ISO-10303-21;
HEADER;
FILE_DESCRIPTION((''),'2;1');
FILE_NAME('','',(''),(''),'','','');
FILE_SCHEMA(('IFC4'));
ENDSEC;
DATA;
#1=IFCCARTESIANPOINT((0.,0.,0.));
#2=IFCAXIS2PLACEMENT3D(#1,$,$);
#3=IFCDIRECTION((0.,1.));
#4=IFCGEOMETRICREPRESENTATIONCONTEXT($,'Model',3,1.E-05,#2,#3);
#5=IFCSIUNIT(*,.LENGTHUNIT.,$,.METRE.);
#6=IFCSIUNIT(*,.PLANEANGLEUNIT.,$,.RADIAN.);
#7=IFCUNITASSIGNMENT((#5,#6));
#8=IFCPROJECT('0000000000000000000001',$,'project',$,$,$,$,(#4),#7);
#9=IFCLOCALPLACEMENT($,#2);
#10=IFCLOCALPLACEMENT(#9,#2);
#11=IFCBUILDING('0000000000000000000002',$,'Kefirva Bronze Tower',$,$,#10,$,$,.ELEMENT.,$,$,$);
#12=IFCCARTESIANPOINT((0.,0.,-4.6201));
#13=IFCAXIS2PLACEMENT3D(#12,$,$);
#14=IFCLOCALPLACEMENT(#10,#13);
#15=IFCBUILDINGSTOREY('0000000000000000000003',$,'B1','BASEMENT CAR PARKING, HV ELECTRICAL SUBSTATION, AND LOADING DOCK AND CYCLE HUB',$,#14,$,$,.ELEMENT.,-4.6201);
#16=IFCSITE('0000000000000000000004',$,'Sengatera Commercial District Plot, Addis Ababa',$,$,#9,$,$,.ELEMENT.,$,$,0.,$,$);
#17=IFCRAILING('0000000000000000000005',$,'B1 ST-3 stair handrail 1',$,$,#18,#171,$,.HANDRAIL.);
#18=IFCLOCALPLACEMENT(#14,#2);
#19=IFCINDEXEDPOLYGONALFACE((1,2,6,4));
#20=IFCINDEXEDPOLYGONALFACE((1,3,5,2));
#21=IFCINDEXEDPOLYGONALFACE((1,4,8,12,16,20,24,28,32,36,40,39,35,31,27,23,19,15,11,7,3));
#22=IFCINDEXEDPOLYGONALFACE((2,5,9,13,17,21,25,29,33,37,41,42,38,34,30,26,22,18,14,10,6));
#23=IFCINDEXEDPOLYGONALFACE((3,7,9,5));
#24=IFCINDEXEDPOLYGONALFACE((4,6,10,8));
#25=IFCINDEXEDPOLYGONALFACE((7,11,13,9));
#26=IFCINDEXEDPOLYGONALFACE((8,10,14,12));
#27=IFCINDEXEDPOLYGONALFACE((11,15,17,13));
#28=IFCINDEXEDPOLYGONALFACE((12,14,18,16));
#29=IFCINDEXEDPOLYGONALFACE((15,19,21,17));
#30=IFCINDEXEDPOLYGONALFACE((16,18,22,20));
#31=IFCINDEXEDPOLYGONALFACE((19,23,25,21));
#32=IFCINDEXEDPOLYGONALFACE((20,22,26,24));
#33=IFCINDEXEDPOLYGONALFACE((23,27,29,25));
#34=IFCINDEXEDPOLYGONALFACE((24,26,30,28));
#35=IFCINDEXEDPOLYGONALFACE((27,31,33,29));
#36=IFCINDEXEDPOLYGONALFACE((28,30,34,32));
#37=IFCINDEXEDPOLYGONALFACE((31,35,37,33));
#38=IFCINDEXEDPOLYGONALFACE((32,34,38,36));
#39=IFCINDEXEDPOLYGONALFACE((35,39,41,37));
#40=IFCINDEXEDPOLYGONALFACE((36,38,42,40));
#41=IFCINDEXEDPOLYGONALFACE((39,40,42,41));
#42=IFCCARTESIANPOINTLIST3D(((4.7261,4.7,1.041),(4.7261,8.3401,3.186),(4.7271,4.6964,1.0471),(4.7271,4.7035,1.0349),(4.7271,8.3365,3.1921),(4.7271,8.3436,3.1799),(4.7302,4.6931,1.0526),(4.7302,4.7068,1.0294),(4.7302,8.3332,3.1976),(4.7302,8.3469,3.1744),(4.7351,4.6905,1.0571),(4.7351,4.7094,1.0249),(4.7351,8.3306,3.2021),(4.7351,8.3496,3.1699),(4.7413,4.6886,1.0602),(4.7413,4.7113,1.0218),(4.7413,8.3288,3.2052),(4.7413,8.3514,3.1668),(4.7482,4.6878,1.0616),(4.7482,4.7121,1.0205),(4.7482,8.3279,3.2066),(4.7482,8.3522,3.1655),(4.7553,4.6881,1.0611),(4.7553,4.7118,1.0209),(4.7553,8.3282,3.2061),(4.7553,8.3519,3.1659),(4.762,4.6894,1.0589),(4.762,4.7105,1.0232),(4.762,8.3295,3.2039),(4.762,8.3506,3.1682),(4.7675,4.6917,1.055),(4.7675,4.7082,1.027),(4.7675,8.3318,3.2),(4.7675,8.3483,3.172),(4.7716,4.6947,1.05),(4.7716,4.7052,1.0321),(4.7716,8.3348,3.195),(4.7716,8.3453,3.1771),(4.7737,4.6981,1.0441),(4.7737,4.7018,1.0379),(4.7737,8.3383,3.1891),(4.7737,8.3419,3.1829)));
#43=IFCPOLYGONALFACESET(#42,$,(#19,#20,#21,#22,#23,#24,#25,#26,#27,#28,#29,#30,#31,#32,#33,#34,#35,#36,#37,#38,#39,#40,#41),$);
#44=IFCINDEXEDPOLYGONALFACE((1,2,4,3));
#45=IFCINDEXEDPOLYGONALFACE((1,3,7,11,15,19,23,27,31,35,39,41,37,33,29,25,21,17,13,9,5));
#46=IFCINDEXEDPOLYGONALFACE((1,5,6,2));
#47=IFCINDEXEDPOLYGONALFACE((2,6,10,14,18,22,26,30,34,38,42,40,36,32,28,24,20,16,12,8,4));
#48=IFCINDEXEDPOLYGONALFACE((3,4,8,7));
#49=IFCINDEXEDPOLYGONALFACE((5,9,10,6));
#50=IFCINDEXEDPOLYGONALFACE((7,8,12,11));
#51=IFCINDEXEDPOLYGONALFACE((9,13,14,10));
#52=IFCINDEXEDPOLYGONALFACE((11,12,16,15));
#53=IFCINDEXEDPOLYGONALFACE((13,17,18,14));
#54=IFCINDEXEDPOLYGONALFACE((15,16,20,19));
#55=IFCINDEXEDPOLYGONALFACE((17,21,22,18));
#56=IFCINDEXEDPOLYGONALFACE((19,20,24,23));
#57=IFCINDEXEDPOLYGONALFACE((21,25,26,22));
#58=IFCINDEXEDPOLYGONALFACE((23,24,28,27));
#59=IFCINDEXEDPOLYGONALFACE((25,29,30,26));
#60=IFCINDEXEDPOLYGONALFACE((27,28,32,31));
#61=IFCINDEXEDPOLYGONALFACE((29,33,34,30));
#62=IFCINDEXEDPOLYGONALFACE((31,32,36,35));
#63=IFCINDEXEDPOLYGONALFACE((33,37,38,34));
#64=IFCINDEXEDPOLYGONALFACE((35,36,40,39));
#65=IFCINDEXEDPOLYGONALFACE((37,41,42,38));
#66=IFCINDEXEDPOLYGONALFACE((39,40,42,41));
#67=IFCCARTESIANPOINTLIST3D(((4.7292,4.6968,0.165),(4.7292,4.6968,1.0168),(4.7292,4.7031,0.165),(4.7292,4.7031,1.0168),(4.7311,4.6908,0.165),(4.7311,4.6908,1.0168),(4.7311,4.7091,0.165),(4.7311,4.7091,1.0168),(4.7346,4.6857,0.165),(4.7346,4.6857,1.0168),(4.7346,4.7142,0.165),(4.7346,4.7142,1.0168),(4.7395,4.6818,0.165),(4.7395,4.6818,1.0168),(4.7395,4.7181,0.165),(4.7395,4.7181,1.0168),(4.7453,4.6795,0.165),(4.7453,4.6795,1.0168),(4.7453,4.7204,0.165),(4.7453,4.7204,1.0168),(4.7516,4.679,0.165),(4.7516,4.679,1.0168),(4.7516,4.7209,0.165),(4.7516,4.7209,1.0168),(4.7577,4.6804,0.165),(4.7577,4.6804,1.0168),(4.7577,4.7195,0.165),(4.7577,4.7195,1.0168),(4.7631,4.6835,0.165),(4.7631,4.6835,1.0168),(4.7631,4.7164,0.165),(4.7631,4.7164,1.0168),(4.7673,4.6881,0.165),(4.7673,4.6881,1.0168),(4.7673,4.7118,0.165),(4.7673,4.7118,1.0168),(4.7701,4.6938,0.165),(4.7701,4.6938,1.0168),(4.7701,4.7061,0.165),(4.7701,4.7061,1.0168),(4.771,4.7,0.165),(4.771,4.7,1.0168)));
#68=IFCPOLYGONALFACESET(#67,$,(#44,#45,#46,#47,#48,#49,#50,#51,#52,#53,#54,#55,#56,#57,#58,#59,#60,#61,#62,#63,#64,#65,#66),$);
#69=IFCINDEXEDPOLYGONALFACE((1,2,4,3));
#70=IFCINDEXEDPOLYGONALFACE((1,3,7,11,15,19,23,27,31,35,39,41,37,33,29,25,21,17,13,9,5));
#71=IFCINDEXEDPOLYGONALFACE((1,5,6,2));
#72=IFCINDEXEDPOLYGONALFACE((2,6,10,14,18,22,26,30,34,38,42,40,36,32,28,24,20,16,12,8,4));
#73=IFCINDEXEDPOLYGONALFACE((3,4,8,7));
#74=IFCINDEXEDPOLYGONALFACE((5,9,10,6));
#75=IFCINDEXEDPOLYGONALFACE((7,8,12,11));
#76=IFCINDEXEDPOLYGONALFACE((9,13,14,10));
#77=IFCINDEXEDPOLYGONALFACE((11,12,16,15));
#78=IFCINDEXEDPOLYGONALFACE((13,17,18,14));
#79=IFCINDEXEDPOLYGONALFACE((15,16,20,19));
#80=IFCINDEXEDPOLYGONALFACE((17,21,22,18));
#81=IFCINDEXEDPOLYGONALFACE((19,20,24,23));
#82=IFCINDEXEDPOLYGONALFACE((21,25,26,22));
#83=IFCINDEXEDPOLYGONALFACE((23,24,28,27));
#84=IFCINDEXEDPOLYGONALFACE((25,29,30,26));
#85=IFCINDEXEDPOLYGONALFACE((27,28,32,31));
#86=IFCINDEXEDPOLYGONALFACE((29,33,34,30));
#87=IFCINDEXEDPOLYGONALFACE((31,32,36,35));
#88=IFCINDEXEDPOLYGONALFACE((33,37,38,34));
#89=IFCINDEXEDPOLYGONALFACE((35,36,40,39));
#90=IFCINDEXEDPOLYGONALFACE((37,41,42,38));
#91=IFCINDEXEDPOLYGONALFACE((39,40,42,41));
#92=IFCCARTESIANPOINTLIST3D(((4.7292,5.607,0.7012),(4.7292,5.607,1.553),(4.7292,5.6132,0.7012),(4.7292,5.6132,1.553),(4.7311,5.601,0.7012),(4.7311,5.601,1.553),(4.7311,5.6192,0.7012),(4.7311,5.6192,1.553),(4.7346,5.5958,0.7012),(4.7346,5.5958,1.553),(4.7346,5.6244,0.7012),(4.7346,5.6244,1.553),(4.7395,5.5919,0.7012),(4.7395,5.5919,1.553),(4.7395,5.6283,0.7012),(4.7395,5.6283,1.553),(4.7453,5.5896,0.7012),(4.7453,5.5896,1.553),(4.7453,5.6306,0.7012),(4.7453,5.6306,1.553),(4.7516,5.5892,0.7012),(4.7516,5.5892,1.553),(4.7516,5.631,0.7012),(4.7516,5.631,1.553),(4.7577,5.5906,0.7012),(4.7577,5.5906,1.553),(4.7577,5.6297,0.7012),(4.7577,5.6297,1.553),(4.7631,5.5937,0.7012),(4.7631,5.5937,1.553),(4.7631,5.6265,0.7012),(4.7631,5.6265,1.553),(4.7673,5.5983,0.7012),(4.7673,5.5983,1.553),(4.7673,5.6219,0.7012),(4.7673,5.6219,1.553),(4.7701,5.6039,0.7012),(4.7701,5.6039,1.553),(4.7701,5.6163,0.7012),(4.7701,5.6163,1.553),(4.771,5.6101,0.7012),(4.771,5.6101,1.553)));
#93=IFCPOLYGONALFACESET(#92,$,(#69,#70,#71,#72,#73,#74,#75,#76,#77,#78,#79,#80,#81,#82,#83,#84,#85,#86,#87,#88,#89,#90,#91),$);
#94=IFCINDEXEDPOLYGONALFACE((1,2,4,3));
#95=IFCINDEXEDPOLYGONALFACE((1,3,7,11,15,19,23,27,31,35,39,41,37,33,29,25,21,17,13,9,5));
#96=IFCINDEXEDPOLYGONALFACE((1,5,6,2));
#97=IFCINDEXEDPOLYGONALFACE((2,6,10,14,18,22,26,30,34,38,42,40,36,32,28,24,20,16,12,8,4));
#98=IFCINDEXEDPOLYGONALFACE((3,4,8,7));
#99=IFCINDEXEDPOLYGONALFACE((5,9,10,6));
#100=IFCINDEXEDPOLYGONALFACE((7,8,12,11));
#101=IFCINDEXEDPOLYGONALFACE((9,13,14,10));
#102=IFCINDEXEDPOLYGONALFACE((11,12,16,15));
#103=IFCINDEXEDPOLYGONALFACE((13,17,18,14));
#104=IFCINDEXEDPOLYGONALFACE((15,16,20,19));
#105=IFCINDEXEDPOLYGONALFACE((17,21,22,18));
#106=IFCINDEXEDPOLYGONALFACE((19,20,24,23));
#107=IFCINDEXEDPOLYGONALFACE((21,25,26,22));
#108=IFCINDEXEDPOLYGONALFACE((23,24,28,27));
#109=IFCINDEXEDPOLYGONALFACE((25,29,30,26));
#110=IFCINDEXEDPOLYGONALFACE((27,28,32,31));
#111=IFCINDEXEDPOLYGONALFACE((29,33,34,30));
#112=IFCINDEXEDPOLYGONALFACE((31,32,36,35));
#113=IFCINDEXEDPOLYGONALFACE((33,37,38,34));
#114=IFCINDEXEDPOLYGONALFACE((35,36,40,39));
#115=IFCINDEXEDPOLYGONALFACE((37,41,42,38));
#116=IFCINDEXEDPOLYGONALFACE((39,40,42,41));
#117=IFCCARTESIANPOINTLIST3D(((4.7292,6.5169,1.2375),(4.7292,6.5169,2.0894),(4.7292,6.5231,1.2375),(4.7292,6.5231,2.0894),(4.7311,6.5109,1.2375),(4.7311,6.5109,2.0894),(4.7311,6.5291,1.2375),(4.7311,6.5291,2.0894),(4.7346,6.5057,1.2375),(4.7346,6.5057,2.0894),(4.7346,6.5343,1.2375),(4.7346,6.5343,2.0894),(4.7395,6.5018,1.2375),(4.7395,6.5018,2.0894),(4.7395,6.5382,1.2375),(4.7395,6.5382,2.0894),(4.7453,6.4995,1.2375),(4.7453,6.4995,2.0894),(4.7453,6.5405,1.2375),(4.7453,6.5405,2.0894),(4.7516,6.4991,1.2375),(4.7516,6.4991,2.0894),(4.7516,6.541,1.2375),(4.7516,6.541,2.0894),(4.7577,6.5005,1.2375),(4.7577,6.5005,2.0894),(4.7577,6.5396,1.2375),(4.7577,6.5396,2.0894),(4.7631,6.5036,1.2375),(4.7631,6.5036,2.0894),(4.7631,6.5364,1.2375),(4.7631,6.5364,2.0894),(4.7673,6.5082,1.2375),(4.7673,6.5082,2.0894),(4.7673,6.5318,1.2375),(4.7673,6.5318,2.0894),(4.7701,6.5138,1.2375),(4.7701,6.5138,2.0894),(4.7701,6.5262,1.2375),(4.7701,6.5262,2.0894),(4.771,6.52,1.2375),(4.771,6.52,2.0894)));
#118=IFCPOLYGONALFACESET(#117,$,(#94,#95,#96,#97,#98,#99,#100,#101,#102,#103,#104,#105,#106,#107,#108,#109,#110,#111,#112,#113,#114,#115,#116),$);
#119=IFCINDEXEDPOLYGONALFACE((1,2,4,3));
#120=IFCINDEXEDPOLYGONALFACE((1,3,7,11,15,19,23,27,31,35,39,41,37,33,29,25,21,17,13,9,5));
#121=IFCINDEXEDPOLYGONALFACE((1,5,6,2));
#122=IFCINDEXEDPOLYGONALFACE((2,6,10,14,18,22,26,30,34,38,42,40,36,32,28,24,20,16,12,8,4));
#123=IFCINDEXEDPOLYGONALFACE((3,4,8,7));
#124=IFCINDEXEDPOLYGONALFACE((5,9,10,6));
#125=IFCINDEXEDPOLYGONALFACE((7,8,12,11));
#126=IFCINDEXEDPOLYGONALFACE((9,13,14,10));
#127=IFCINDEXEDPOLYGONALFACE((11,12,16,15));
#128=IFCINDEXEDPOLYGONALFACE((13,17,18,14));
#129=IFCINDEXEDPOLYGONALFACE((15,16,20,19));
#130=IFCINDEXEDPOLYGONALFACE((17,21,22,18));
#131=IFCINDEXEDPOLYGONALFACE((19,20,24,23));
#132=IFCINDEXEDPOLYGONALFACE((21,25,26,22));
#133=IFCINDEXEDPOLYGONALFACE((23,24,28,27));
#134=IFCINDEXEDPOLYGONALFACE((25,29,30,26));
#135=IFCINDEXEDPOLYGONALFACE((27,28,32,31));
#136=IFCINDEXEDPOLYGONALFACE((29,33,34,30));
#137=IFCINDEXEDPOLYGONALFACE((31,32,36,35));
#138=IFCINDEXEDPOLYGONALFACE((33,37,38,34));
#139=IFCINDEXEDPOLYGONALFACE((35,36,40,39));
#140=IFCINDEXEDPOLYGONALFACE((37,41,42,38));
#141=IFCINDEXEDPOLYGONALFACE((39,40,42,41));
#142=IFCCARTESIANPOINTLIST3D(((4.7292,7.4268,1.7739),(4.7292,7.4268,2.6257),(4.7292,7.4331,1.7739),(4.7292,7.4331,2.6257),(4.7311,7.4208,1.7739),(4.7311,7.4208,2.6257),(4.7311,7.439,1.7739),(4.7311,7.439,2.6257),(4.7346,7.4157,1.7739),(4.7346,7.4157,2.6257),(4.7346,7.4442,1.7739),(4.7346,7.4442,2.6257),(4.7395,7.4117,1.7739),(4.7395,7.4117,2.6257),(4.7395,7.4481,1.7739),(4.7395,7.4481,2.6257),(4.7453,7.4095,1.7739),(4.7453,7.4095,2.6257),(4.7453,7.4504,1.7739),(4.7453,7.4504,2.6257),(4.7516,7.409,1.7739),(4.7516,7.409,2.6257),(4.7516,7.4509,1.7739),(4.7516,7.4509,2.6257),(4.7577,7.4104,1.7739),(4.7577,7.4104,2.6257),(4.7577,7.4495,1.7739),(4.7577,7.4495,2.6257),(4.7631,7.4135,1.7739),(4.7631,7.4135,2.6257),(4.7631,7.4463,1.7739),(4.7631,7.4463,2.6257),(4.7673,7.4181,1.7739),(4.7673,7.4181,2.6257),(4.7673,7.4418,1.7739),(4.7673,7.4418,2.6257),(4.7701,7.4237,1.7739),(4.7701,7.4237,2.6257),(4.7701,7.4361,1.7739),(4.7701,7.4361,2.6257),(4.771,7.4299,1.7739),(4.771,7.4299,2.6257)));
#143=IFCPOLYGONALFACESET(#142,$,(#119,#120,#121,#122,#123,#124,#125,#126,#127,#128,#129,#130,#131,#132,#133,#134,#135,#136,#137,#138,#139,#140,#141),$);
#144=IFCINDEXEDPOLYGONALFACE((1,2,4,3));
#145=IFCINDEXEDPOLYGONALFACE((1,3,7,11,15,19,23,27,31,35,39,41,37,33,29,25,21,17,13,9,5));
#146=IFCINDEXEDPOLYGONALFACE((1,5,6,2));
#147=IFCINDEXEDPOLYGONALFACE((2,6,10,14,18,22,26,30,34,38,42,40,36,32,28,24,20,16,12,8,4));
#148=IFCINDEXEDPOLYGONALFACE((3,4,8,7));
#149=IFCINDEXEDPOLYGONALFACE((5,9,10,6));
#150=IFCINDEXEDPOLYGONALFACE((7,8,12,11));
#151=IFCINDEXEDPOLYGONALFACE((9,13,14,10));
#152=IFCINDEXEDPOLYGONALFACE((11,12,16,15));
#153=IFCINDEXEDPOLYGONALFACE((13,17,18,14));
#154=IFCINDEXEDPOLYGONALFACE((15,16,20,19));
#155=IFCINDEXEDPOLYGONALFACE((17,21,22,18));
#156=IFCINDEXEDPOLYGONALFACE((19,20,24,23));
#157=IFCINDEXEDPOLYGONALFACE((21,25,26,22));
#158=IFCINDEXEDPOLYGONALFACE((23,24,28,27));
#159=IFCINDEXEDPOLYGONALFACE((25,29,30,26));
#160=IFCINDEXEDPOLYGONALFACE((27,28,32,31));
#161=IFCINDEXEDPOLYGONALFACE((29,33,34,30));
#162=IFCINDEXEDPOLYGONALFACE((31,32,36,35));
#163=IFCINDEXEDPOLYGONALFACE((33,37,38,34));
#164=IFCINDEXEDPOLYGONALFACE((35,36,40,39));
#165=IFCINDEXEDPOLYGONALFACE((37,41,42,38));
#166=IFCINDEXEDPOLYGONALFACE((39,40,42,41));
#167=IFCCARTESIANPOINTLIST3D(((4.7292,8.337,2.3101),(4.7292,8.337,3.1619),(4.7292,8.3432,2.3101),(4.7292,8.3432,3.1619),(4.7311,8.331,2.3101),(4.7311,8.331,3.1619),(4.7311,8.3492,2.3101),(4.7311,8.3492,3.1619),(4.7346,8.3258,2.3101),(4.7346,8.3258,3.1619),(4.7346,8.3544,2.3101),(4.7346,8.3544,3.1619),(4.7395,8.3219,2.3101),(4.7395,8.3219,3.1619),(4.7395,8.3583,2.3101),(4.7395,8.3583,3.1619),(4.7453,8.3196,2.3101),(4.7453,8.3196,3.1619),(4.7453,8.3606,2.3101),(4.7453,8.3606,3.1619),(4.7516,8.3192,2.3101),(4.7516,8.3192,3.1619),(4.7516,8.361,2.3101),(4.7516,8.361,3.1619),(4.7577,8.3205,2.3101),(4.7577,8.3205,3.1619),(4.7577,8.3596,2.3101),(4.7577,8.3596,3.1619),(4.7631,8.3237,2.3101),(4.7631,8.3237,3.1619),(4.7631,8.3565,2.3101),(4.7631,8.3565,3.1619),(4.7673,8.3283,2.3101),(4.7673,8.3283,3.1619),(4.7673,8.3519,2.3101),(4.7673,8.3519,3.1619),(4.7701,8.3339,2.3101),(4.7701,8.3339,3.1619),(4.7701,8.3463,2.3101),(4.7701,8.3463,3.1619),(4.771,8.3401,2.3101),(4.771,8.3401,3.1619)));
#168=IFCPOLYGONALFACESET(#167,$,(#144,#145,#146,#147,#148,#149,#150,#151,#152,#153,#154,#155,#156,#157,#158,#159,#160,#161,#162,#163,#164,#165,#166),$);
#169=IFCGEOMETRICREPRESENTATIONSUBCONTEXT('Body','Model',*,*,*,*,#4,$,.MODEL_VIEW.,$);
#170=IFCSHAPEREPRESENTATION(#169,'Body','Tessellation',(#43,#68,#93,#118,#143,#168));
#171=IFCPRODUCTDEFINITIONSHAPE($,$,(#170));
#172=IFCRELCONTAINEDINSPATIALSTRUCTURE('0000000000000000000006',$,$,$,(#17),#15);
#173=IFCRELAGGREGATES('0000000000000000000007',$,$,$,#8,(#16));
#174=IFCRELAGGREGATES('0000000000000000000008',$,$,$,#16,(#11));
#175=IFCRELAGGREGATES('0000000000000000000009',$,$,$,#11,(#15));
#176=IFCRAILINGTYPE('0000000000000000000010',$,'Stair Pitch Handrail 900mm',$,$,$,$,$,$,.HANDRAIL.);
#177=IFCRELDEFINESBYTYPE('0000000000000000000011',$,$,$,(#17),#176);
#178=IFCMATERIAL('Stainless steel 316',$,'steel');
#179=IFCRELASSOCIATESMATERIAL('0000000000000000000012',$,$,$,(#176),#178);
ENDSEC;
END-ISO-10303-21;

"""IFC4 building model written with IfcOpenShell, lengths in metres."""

from ifc_helpers import new_model, si_unit, direction, frame, origin, origin_2d, place, context, subcontext, project, spatial, circle, extrude, material, type_object, element, save


model = new_model("IFC4")

# Units and contexts
model_context = context("Model", 3, precision=1e-05, world=origin(), true_north=direction((0.0, 1.0)))
body_context = subcontext(model_context, "Body", "Model", "MODEL_VIEW")
ifc_project = project(units=[si_unit("LENGTHUNIT", "METRE"), si_unit("PLANEANGLEUNIT", "RADIAN")], contexts=[model_context])

# Site, building, storey
site_placement = place(None, origin())
site = spatial("IfcSite", under=ifc_project, at=site_placement, Name="Sengatera Commercial District Plot, Addis Ababa", CompositionType="ELEMENT", RefElevation=0.0)
building_placement = place(site_placement, origin())
building = spatial("IfcBuilding", under=site, at=building_placement, Name="Kefirva Bronze Tower", CompositionType="ELEMENT")
storey_placement = place(building_placement, frame((0.0, 0.0, -4.6201)))
storey = spatial("IfcBuildingStorey", under=building, at=storey_placement, Name="B1", Description="BASEMENT CAR PARKING, HV ELECTRICAL SUBSTATION, AND LOADING DOCK AND CYCLE HUB", CompositionType="ELEMENT", Elevation=-4.6201)

# Railing
ifc_material_1 = material(Name="Stainless steel 316", Category="steel")
railing_type_1 = type_object("IfcRailingType", Name="Stair Pitch Handrail 900mm", PredefinedType="HANDRAIL", material=ifc_material_1)
railing_1_placement = place(storey_placement, frame((4.75, 4.7, 0.165)))
element("IfcRailing", 1, at=railing_1_placement, inside=storey, type_object=railing_type_1, Name="B1 ST-3 stair handrail 1", PredefinedType="HANDRAIL", context=body_context, shape_type="SweptSolid", body=[
    extrude(circle(Radius=0.0239, at=origin_2d()), frame((0.0, 0.0, 0.876), z_axis=(0.0, 0.861545, 0.507682), x_axis=(-1.0, 0.0, 0.0)), (0.0, 0.0, 1.0), 4.2251),
    extrude(circle(Radius=0.021, at=origin_2d()), origin(), (0.0, 0.0, 1.0), 0.8518),
    extrude(circle(Radius=0.021, at=origin_2d()), frame((0.0, 0.9102, 0.5361)), (0.0, 0.0, 1.0), 0.8518),
    extrude(circle(Radius=0.021, at=origin_2d()), frame((0.0, 1.8201, 1.0725)), (0.0, 0.0, 1.0), 0.8518),
    extrude(circle(Radius=0.021, at=origin_2d()), frame((0.0, 2.73, 1.6089)), (0.0, 0.0, 1.0), 0.8518),
    extrude(circle(Radius=0.021, at=origin_2d()), frame((0.0, 3.6401, 2.145)), (0.0, 0.0, 1.0), 0.8518),
])

save(model, "model.ifc")
